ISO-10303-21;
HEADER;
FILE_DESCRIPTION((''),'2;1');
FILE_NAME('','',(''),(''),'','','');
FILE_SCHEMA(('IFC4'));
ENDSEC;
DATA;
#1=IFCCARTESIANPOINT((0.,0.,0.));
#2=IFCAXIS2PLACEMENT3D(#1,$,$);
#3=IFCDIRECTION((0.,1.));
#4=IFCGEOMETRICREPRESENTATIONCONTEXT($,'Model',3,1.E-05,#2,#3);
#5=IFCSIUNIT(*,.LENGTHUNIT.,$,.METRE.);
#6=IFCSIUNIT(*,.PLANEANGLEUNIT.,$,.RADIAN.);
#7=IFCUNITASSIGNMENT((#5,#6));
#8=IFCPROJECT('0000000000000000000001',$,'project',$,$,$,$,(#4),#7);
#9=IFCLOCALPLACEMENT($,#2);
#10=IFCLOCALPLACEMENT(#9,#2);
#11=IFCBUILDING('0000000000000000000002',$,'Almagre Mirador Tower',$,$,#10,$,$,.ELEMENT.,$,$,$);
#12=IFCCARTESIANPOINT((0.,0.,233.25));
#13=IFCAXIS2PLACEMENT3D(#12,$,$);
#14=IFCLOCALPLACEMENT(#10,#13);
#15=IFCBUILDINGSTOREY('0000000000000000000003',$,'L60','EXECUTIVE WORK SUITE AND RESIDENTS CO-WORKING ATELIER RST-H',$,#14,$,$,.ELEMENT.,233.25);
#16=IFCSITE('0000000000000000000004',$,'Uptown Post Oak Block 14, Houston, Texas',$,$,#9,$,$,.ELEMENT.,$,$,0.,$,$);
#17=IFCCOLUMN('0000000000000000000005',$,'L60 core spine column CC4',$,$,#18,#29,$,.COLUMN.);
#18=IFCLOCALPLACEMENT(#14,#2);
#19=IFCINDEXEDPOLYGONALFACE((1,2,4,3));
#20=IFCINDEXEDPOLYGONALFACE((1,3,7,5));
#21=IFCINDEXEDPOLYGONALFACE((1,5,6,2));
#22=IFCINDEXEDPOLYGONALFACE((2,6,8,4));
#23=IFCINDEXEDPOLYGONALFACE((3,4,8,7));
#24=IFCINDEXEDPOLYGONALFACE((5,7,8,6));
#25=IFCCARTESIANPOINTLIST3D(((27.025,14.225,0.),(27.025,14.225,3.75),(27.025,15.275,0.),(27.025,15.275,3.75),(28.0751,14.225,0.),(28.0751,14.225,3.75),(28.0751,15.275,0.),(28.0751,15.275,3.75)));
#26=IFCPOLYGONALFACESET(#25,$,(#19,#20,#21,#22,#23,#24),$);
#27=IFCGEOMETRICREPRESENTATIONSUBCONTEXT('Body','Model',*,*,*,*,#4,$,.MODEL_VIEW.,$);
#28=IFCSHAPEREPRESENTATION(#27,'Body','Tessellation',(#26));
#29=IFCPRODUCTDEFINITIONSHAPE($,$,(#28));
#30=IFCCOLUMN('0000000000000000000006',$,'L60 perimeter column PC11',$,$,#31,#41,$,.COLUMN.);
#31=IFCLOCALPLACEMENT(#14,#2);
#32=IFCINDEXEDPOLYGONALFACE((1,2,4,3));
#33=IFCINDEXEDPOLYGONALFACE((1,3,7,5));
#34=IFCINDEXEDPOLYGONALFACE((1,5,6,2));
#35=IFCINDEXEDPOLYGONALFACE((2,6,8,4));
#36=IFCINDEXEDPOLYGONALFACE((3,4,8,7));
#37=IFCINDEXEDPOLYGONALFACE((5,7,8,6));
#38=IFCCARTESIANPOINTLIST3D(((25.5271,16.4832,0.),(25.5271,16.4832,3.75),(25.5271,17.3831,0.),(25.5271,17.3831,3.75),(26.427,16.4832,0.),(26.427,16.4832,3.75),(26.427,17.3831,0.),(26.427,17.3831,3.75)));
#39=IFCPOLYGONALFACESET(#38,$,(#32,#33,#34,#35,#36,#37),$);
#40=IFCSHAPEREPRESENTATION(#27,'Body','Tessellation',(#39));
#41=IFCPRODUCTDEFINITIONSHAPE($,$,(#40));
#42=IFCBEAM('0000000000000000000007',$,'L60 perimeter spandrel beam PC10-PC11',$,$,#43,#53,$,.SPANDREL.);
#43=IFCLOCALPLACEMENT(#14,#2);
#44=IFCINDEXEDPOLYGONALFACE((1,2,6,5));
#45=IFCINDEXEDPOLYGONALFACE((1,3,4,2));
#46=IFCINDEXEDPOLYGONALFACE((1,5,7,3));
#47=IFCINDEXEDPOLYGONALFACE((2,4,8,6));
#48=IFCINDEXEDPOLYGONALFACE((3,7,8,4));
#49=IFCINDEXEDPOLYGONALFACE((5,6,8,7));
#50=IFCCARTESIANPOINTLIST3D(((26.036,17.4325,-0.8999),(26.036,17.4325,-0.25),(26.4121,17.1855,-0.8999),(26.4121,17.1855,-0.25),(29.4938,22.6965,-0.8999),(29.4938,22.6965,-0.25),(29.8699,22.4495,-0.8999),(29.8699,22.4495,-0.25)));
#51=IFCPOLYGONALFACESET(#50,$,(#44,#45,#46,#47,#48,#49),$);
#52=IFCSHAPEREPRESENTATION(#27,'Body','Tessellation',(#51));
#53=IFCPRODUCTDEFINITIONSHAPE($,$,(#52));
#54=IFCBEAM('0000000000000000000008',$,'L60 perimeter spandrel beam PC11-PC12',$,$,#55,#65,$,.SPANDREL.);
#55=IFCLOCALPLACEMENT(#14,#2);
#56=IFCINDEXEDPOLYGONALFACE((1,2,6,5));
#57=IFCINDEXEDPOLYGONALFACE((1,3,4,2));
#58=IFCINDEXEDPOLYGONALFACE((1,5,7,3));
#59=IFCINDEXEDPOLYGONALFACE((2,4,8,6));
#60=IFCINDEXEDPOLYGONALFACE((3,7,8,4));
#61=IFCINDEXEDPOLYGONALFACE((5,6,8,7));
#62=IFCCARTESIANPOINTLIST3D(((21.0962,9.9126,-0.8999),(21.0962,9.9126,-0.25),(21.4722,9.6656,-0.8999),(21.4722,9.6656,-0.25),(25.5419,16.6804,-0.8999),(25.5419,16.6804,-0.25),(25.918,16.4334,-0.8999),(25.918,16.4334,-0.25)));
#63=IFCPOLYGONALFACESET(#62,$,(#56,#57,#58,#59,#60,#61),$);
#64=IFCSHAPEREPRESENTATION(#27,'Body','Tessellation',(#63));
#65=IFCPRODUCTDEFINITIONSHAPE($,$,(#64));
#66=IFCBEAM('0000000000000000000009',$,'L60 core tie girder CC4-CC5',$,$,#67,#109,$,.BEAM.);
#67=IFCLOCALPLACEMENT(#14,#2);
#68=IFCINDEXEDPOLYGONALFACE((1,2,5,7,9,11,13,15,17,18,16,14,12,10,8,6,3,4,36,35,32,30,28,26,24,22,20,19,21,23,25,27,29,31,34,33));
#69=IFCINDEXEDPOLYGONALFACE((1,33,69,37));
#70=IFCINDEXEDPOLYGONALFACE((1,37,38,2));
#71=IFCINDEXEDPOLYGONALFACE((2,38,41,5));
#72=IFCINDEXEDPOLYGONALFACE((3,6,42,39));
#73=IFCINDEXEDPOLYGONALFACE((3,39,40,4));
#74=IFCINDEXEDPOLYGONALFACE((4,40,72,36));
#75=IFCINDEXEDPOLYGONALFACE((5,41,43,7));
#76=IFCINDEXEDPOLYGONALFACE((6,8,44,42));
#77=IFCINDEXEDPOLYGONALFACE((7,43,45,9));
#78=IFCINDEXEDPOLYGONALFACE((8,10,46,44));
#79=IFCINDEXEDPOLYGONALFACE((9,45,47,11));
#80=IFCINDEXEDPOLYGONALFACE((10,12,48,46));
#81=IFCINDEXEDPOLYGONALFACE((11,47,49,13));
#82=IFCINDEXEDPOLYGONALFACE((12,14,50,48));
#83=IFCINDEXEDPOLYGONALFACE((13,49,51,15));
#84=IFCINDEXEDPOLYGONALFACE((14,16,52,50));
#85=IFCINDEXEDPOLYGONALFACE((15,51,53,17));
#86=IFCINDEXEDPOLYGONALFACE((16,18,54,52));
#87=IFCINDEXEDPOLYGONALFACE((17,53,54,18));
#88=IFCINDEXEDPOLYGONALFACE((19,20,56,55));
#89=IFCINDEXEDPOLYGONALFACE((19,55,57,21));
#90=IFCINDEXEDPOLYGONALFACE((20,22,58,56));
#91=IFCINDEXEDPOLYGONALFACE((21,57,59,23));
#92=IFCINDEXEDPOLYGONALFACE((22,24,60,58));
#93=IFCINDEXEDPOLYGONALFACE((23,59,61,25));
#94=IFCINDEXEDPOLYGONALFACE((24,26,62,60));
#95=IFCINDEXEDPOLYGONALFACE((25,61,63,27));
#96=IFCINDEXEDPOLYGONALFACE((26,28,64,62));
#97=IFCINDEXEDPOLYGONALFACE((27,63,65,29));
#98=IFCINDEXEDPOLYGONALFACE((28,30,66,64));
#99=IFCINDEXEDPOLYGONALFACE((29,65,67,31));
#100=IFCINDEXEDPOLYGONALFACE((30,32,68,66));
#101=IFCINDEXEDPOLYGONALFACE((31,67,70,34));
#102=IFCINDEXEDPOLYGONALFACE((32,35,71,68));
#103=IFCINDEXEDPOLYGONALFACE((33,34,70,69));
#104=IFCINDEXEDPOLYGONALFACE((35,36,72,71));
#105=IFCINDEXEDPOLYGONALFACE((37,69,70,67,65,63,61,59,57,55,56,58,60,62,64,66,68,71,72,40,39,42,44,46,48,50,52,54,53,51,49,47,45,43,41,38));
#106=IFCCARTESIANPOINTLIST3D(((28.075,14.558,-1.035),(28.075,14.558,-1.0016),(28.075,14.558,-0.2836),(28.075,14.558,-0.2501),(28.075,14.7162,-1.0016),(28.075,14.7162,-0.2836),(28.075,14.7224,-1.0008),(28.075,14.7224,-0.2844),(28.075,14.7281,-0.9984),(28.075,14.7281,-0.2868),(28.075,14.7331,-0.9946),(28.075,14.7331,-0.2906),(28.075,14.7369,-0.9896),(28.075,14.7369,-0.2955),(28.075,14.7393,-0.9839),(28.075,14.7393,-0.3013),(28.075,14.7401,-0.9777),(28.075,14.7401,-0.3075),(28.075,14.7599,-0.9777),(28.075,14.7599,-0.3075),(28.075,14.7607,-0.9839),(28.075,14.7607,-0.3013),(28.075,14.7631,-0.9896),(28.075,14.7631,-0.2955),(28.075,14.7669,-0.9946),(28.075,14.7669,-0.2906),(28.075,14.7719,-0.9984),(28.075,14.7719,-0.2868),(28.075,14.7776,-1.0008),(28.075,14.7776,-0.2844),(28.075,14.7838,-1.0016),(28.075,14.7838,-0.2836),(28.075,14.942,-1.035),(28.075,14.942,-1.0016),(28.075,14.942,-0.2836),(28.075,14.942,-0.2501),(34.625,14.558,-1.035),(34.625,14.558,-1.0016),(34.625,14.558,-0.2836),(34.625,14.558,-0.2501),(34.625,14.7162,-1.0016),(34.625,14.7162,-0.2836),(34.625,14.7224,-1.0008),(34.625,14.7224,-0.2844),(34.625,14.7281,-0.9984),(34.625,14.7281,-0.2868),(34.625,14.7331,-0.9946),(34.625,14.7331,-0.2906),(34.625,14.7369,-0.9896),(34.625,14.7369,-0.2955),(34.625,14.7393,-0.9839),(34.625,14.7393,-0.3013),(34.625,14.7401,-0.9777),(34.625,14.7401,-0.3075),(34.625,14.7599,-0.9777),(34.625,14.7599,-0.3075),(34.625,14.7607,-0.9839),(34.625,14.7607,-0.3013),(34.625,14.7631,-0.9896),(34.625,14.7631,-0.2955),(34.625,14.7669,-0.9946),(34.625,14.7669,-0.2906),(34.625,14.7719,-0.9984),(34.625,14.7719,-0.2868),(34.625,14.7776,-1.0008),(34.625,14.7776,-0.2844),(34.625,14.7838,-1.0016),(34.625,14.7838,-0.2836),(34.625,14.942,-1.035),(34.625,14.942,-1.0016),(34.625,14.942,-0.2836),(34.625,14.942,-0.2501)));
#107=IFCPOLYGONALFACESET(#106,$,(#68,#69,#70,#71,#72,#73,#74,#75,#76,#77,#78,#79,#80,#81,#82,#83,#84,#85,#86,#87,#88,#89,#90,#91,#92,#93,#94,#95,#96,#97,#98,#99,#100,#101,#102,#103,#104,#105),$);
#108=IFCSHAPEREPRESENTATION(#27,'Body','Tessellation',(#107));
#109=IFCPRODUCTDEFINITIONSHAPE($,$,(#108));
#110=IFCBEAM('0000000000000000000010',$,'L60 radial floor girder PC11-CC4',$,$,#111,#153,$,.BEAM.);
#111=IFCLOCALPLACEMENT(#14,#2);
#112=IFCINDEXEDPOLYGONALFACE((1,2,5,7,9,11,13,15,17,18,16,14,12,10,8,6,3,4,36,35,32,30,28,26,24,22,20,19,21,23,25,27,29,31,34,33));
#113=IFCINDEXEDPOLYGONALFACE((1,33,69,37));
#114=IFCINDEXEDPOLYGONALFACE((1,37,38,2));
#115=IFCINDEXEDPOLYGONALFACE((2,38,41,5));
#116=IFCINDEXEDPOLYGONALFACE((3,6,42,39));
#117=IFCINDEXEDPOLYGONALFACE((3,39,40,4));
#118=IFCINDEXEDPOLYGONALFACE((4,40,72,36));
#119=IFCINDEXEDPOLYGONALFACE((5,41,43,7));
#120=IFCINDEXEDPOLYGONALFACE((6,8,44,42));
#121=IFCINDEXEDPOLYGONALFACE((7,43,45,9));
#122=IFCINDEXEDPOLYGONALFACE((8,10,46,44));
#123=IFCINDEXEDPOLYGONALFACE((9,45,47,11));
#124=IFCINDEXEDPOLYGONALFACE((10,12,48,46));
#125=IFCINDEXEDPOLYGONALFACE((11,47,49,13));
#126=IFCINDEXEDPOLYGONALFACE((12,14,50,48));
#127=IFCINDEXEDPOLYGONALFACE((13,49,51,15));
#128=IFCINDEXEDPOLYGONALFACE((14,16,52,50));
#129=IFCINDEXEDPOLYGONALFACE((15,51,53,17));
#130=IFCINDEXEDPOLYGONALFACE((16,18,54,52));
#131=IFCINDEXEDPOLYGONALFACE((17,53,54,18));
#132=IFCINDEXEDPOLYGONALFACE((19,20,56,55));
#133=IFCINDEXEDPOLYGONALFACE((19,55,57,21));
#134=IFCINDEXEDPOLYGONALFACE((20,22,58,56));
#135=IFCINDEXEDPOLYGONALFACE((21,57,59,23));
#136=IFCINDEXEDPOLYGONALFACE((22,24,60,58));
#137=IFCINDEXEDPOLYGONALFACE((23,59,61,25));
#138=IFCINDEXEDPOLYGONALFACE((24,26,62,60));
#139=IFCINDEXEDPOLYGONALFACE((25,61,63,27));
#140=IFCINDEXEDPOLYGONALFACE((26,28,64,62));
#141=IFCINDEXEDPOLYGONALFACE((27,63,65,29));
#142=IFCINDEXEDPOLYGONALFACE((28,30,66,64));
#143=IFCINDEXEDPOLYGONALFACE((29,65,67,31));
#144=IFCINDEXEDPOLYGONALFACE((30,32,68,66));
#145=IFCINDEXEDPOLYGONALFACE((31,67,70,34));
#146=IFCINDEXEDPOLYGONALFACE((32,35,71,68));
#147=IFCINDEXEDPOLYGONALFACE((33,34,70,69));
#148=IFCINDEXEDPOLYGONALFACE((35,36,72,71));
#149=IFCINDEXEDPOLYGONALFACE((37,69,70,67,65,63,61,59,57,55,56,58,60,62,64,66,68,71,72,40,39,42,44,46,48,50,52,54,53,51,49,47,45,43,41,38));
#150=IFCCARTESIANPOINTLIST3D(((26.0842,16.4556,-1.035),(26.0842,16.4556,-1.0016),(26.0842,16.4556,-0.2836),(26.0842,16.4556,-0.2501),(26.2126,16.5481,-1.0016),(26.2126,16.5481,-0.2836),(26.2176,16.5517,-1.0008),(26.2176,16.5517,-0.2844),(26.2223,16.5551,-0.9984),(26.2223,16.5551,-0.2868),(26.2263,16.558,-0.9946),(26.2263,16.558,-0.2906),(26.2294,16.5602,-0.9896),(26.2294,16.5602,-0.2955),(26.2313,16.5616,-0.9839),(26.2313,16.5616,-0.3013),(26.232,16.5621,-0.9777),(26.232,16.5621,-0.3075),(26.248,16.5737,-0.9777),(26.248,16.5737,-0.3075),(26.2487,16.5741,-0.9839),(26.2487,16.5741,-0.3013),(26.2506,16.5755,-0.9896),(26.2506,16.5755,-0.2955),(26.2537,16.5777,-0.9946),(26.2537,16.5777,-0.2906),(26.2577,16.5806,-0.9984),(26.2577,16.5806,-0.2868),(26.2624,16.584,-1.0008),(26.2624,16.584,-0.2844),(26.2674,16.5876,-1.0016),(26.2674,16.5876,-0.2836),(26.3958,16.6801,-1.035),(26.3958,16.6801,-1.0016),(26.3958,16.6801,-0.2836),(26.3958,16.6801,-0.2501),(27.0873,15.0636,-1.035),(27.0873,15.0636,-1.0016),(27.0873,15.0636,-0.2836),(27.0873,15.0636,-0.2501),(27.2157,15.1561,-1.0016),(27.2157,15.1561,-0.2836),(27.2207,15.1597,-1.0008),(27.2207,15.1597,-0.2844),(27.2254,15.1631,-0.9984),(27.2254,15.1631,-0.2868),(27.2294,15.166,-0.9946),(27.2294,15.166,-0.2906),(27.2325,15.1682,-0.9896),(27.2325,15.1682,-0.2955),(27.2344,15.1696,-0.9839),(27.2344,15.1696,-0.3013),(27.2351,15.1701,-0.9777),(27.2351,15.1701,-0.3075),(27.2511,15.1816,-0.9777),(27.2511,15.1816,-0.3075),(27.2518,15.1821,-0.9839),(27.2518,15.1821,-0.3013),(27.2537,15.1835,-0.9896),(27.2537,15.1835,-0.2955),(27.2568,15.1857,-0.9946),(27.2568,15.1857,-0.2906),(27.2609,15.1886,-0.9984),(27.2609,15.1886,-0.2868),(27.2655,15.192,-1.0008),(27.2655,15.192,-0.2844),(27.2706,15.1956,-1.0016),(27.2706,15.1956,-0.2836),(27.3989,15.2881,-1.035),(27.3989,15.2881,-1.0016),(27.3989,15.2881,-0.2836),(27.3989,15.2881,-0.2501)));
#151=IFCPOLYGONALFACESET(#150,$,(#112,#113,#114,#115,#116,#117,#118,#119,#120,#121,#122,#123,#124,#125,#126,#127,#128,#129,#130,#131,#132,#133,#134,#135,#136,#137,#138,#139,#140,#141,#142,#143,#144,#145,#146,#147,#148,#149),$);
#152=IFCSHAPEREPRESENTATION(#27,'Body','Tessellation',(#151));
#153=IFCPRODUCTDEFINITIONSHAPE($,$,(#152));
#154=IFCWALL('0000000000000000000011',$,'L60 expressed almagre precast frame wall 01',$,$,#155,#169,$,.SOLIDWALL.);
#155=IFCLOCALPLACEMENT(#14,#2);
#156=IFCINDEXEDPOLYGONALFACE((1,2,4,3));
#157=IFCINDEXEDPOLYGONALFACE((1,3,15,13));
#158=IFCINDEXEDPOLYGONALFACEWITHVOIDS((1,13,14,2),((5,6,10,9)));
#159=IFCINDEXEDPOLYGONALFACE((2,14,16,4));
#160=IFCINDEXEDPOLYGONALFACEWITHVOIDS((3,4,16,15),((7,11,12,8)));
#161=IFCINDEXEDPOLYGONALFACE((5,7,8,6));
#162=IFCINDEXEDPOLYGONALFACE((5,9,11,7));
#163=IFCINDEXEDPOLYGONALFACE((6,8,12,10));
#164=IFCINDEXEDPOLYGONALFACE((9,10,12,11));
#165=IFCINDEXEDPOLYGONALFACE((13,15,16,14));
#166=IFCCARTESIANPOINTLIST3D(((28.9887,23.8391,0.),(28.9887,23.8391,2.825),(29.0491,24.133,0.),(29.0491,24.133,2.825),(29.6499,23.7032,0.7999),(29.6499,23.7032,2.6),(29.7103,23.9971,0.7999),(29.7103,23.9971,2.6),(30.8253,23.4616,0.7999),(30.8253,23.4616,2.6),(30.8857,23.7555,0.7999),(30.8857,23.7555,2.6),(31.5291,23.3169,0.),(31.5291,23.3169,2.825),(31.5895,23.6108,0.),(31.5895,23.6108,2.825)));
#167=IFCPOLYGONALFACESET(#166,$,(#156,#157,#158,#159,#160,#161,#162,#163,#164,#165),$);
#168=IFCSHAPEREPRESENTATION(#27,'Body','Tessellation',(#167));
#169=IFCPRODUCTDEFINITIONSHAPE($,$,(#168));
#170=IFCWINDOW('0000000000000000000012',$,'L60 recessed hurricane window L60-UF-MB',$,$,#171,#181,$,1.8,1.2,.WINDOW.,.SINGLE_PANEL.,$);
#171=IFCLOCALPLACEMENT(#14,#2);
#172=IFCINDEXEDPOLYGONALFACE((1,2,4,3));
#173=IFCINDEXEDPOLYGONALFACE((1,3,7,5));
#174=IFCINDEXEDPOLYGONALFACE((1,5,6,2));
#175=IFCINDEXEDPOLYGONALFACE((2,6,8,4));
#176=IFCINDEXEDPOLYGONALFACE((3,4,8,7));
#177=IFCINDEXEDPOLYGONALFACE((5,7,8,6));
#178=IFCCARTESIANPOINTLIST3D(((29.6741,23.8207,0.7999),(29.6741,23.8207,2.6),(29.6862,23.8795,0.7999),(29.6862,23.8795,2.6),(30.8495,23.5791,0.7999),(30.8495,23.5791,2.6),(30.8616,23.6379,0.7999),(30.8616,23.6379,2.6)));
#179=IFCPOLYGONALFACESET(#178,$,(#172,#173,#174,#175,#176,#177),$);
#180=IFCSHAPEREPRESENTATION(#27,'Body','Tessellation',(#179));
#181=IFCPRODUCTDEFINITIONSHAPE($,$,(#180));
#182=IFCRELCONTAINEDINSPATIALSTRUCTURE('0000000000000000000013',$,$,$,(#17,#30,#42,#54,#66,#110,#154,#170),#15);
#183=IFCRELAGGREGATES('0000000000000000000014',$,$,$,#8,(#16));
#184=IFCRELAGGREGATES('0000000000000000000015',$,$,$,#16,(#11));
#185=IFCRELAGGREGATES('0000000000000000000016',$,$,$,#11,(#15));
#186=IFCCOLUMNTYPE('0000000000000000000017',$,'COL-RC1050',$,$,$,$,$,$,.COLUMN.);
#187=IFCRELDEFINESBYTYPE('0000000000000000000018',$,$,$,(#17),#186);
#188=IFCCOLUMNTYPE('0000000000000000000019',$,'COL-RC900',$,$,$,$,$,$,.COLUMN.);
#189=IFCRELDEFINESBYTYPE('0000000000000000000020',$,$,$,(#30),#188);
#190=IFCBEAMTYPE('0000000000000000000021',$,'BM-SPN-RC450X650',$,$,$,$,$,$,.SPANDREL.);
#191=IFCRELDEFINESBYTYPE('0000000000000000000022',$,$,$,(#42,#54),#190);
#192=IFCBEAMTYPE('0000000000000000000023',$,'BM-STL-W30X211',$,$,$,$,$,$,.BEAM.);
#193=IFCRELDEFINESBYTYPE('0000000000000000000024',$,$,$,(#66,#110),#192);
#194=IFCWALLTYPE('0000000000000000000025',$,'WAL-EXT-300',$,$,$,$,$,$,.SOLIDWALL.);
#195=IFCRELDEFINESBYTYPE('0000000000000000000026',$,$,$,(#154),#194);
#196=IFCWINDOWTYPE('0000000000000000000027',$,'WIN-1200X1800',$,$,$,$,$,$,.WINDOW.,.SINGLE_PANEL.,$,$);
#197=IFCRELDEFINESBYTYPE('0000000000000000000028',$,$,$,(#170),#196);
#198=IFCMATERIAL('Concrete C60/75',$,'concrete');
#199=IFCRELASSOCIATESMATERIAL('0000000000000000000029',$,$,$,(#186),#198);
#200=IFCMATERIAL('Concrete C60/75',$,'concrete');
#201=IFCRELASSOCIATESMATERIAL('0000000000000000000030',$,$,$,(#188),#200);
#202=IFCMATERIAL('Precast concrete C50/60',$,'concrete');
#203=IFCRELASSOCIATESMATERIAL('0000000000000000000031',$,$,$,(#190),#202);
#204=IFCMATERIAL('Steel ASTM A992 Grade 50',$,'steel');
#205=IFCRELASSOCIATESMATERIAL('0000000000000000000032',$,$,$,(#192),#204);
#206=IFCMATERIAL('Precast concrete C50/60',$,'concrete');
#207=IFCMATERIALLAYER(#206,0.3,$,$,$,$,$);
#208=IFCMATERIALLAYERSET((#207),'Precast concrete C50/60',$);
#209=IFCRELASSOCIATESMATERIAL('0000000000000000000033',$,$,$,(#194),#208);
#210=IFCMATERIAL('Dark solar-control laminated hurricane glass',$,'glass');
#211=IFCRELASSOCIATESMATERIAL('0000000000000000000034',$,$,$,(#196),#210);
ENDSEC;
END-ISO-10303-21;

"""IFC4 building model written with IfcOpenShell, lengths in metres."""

from ifc_helpers import new_model, si_unit, direction, frame, frame_2d, origin, origin_2d, place, context, subcontext, project, spatial, rectangle, i_section, extrude, material, layer, layer_set, material_profile, profile_set, type_object, element, fill, save


model = new_model("IFC4")

# Units and contexts
model_context = context("Model", 3, precision=1e-05, world=origin(), true_north=direction((0.0, 1.0)))
body_context = subcontext(model_context, "Body", "Model", "MODEL_VIEW")
ifc_project = project(units=[si_unit("LENGTHUNIT", "METRE"), si_unit("PLANEANGLEUNIT", "RADIAN")], contexts=[model_context])

# Site, building, storey
site_placement = place(None, origin())
site = spatial("IfcSite", under=ifc_project, at=site_placement, Name="Uptown Post Oak Block 14, Houston, Texas", CompositionType="ELEMENT", RefElevation=0.0)
building_placement = place(site_placement, origin())
building = spatial("IfcBuilding", under=site, at=building_placement, Name="Almagre Mirador Tower", CompositionType="ELEMENT")
storey_placement = place(building_placement, frame((0.0, 0.0, 233.25)))
storey = spatial("IfcBuildingStorey", under=building, at=storey_placement, Name="L60", Description="EXECUTIVE WORK SUITE AND RESIDENTS CO-WORKING ATELIER RST-H", CompositionType="ELEMENT", Elevation=233.25)

# Columns
ifc_material_1 = material(Name="Concrete C60/75", Category="concrete")
ifc_material_profile_1 = material_profile(ifc_material_1, rectangle(XDim=1.05, YDim=1.05, at=origin_2d()), Name="RC1050X1050")
ifc_profile_set_1 = profile_set([ifc_material_profile_1], Name="Concrete C60/75")
column_type_1 = type_object("IfcColumnType", Name="COL-RC1050", PredefinedType="COLUMN", material=ifc_profile_set_1)
column_1_placement = place(storey_placement, frame((27.55, 14.75, 0.0), z_axis=(0.0, 0.0, 1.0), x_axis=(1.0, 0.0, 0.0)))
element("IfcColumn", 1, at=column_1_placement, inside=storey, type_object=column_type_1, Name="L60 core spine column CC4", PredefinedType="COLUMN", context=body_context, shape_type="SweptSolid", body=[
    extrude(rectangle(XDim=1.05, YDim=1.05, at=origin_2d()), origin(), (0.0, 0.0, 1.0), 3.75),
])
ifc_material_2 = material(Name="Concrete C60/75", Category="concrete")
ifc_material_profile_2 = material_profile(ifc_material_2, rectangle(XDim=0.8999, YDim=0.8999, at=origin_2d()), Name="RC900X900")
ifc_profile_set_2 = profile_set([ifc_material_profile_2], Name="Concrete C60/75")
column_type_2 = type_object("IfcColumnType", Name="COL-RC900", PredefinedType="COLUMN", material=ifc_profile_set_2)
column_2_placement = place(storey_placement, frame((25.9771, 16.9331, 0.0), z_axis=(0.0, 0.0, 1.0), x_axis=(1.0, 0.0, 0.0)))
element("IfcColumn", 2, at=column_2_placement, inside=storey, type_object=column_type_2, Name="L60 perimeter column PC11", PredefinedType="COLUMN", context=body_context, shape_type="SweptSolid", body=[
    extrude(rectangle(XDim=0.8999, YDim=0.8999, at=origin_2d()), origin(), (0.0, 0.0, 1.0), 3.75),
])

# Beams
ifc_material_3 = material(Name="Precast concrete C50/60", Category="concrete")
ifc_material_profile_3 = material_profile(ifc_material_3, rectangle(XDim=0.45, YDim=0.6499, at=origin_2d()), Name="RC450X650")
ifc_profile_set_3 = profile_set([ifc_material_profile_3], Name="Precast concrete C50/60")
beam_type_1 = type_object("IfcBeamType", Name="BM-SPN-RC450X650", PredefinedType="SPANDREL", material=ifc_profile_set_3)
beam_1_placement = place(storey_placement, frame((29.6819, 22.573, -0.575), z_axis=(-0.549025, -0.835806, 0.0), x_axis=(0.835806, -0.549025, 0.0)))
element("IfcBeam", 3, at=beam_1_placement, inside=storey, type_object=beam_type_1, Name="L60 perimeter spandrel beam PC10-PC11", PredefinedType="SPANDREL", context=body_context, shape_type="SweptSolid", body=[
    extrude(rectangle(XDim=0.45, YDim=0.6499, at=origin_2d()), origin(), (0.0, 0.0, 1.0), 6.2981),
])
beam_2_placement = place(storey_placement, frame((25.73, 16.5569, -0.575), z_axis=(-0.549038, -0.835798, 0.0), x_axis=(0.835798, -0.549038, 0.0)))
element("IfcBeam", 4, at=beam_2_placement, inside=storey, type_object=beam_type_1, Name="L60 perimeter spandrel beam PC11-PC12", PredefinedType="SPANDREL", context=body_context, shape_type="SweptSolid", body=[
    extrude(rectangle(XDim=0.45, YDim=0.6499, at=origin_2d()), origin(), (0.0, 0.0, 1.0), 8.0974),
])
ifc_material_4 = material(Name="Steel ASTM A992 Grade 50", Category="steel")
ifc_material_profile_4 = material_profile(ifc_material_4, i_section(OverallWidth=0.384, OverallDepth=0.7849, WebThickness=0.0198, FlangeThickness=0.0334, FilletRadius=0.0239, at=origin_2d()), Name="W30X211")
ifc_profile_set_4 = profile_set([ifc_material_profile_4], Name="Steel ASTM A992 Grade 50")
beam_type_2 = type_object("IfcBeamType", Name="BM-STL-W30X211", PredefinedType="BEAM", material=ifc_profile_set_4)
beam_3_placement = place(storey_placement, frame((28.075, 14.75, -0.6426), z_axis=(1.0, 0.0, 0.0), x_axis=(0.0, 1.0, 0.0)))
element("IfcBeam", 5, at=beam_3_placement, inside=storey, type_object=beam_type_2, Name="L60 core tie girder CC4-CC5", PredefinedType="BEAM", context=body_context, shape_type="SweptSolid", body=[
    extrude(i_section(OverallWidth=0.384, OverallDepth=0.7849, WebThickness=0.0198, FlangeThickness=0.0334, FilletRadius=0.0239, at=origin_2d()), origin(), (0.0, 0.0, 1.0), 6.55),
])
beam_4_placement = place(storey_placement, frame((26.24, 16.5679, -0.6426), z_axis=(0.584638, -0.811294, 0.0), x_axis=(0.811294, 0.584638, 0.0)))
element("IfcBeam", 6, at=beam_4_placement, inside=storey, type_object=beam_type_2, Name="L60 radial floor girder PC11-CC4", PredefinedType="BEAM", context=body_context, shape_type="SweptSolid", body=[
    extrude(i_section(OverallWidth=0.384, OverallDepth=0.7849, WebThickness=0.0198, FlangeThickness=0.0334, FilletRadius=0.0239, at=origin_2d()), origin(), (0.0, 0.0, 1.0), 1.7158),
])

# Wall, opening, window
ifc_material_5 = material(Name="Precast concrete C50/60", Category="concrete")
ifc_layer_1 = layer(ifc_material_5, 0.3)
ifc_layer_set_1 = layer_set([ifc_layer_1], Name="Precast concrete C50/60")
wall_type_1 = type_object("IfcWallType", Name="WAL-EXT-300", PredefinedType="SOLIDWALL", material=ifc_layer_set_1)
wall_1_placement = place(storey_placement, frame((29.0188, 23.9861, 0.0), z_axis=(0.0, 0.0, 1.0), x_axis=(0.979517, -0.201363, 0.0)))
wall_1 = element("IfcWall", 7, at=wall_1_placement, inside=storey, type_object=wall_type_1, Name="L60 expressed almagre precast frame wall 01", PredefinedType="SOLIDWALL", context=body_context, shape_type="SweptSolid", body=[
    extrude(rectangle(XDim=2.5935, YDim=0.3, at=frame_2d((1.2969, 0.0))), origin(), (0.0, 0.0, 1.0), 2.825),
])
opening_1_placement = place(wall_1_placement, frame((0.675, 0.0, 0.8)))
opening_1 = element("IfcOpeningElement", 8, at=opening_1_placement, cuts=wall_1, PredefinedType="OPENING", context=body_context, shape_type="SweptSolid", body=[
    extrude(rectangle(XDim=1.2, YDim=1.8, at=frame_2d((0.6001, 0.8999))), frame((0.0, 0.1599, 0.0), z_axis=(0.0, -1.0, 0.0), x_axis=(1.0, 0.0, 0.0)), (0.0, 0.0, 1.0), 0.32),
])
ifc_material_6 = material(Name="Dark solar-control laminated hurricane glass", Category="glass")
window_type_1 = type_object("IfcWindowType", Name="WIN-1200X1800", PartitioningType="SINGLE_PANEL", PredefinedType="WINDOW", material=ifc_material_6)
window_1_placement = place(opening_1_placement, origin())
window_1 = element("IfcWindow", 9, at=window_1_placement, inside=storey, type_object=window_type_1, Name="L60 recessed hurricane window L60-UF-MB", OverallHeight=1.8, OverallWidth=1.2, PartitioningType="SINGLE_PANEL", PredefinedType="WINDOW", context=body_context, shape_type="SweptSolid", body=[
    extrude(rectangle(XDim=1.2, YDim=1.8, at=frame_2d((0.6001, 0.8999))), frame((0.0, 0.03, 0.0), z_axis=(0.0, -1.0, 0.0), x_axis=(1.0, 0.0, 0.0)), (0.0, 0.0, 1.0), 0.0601),
])
fill(opening_1, window_1)

save(model, "model.ifc")
